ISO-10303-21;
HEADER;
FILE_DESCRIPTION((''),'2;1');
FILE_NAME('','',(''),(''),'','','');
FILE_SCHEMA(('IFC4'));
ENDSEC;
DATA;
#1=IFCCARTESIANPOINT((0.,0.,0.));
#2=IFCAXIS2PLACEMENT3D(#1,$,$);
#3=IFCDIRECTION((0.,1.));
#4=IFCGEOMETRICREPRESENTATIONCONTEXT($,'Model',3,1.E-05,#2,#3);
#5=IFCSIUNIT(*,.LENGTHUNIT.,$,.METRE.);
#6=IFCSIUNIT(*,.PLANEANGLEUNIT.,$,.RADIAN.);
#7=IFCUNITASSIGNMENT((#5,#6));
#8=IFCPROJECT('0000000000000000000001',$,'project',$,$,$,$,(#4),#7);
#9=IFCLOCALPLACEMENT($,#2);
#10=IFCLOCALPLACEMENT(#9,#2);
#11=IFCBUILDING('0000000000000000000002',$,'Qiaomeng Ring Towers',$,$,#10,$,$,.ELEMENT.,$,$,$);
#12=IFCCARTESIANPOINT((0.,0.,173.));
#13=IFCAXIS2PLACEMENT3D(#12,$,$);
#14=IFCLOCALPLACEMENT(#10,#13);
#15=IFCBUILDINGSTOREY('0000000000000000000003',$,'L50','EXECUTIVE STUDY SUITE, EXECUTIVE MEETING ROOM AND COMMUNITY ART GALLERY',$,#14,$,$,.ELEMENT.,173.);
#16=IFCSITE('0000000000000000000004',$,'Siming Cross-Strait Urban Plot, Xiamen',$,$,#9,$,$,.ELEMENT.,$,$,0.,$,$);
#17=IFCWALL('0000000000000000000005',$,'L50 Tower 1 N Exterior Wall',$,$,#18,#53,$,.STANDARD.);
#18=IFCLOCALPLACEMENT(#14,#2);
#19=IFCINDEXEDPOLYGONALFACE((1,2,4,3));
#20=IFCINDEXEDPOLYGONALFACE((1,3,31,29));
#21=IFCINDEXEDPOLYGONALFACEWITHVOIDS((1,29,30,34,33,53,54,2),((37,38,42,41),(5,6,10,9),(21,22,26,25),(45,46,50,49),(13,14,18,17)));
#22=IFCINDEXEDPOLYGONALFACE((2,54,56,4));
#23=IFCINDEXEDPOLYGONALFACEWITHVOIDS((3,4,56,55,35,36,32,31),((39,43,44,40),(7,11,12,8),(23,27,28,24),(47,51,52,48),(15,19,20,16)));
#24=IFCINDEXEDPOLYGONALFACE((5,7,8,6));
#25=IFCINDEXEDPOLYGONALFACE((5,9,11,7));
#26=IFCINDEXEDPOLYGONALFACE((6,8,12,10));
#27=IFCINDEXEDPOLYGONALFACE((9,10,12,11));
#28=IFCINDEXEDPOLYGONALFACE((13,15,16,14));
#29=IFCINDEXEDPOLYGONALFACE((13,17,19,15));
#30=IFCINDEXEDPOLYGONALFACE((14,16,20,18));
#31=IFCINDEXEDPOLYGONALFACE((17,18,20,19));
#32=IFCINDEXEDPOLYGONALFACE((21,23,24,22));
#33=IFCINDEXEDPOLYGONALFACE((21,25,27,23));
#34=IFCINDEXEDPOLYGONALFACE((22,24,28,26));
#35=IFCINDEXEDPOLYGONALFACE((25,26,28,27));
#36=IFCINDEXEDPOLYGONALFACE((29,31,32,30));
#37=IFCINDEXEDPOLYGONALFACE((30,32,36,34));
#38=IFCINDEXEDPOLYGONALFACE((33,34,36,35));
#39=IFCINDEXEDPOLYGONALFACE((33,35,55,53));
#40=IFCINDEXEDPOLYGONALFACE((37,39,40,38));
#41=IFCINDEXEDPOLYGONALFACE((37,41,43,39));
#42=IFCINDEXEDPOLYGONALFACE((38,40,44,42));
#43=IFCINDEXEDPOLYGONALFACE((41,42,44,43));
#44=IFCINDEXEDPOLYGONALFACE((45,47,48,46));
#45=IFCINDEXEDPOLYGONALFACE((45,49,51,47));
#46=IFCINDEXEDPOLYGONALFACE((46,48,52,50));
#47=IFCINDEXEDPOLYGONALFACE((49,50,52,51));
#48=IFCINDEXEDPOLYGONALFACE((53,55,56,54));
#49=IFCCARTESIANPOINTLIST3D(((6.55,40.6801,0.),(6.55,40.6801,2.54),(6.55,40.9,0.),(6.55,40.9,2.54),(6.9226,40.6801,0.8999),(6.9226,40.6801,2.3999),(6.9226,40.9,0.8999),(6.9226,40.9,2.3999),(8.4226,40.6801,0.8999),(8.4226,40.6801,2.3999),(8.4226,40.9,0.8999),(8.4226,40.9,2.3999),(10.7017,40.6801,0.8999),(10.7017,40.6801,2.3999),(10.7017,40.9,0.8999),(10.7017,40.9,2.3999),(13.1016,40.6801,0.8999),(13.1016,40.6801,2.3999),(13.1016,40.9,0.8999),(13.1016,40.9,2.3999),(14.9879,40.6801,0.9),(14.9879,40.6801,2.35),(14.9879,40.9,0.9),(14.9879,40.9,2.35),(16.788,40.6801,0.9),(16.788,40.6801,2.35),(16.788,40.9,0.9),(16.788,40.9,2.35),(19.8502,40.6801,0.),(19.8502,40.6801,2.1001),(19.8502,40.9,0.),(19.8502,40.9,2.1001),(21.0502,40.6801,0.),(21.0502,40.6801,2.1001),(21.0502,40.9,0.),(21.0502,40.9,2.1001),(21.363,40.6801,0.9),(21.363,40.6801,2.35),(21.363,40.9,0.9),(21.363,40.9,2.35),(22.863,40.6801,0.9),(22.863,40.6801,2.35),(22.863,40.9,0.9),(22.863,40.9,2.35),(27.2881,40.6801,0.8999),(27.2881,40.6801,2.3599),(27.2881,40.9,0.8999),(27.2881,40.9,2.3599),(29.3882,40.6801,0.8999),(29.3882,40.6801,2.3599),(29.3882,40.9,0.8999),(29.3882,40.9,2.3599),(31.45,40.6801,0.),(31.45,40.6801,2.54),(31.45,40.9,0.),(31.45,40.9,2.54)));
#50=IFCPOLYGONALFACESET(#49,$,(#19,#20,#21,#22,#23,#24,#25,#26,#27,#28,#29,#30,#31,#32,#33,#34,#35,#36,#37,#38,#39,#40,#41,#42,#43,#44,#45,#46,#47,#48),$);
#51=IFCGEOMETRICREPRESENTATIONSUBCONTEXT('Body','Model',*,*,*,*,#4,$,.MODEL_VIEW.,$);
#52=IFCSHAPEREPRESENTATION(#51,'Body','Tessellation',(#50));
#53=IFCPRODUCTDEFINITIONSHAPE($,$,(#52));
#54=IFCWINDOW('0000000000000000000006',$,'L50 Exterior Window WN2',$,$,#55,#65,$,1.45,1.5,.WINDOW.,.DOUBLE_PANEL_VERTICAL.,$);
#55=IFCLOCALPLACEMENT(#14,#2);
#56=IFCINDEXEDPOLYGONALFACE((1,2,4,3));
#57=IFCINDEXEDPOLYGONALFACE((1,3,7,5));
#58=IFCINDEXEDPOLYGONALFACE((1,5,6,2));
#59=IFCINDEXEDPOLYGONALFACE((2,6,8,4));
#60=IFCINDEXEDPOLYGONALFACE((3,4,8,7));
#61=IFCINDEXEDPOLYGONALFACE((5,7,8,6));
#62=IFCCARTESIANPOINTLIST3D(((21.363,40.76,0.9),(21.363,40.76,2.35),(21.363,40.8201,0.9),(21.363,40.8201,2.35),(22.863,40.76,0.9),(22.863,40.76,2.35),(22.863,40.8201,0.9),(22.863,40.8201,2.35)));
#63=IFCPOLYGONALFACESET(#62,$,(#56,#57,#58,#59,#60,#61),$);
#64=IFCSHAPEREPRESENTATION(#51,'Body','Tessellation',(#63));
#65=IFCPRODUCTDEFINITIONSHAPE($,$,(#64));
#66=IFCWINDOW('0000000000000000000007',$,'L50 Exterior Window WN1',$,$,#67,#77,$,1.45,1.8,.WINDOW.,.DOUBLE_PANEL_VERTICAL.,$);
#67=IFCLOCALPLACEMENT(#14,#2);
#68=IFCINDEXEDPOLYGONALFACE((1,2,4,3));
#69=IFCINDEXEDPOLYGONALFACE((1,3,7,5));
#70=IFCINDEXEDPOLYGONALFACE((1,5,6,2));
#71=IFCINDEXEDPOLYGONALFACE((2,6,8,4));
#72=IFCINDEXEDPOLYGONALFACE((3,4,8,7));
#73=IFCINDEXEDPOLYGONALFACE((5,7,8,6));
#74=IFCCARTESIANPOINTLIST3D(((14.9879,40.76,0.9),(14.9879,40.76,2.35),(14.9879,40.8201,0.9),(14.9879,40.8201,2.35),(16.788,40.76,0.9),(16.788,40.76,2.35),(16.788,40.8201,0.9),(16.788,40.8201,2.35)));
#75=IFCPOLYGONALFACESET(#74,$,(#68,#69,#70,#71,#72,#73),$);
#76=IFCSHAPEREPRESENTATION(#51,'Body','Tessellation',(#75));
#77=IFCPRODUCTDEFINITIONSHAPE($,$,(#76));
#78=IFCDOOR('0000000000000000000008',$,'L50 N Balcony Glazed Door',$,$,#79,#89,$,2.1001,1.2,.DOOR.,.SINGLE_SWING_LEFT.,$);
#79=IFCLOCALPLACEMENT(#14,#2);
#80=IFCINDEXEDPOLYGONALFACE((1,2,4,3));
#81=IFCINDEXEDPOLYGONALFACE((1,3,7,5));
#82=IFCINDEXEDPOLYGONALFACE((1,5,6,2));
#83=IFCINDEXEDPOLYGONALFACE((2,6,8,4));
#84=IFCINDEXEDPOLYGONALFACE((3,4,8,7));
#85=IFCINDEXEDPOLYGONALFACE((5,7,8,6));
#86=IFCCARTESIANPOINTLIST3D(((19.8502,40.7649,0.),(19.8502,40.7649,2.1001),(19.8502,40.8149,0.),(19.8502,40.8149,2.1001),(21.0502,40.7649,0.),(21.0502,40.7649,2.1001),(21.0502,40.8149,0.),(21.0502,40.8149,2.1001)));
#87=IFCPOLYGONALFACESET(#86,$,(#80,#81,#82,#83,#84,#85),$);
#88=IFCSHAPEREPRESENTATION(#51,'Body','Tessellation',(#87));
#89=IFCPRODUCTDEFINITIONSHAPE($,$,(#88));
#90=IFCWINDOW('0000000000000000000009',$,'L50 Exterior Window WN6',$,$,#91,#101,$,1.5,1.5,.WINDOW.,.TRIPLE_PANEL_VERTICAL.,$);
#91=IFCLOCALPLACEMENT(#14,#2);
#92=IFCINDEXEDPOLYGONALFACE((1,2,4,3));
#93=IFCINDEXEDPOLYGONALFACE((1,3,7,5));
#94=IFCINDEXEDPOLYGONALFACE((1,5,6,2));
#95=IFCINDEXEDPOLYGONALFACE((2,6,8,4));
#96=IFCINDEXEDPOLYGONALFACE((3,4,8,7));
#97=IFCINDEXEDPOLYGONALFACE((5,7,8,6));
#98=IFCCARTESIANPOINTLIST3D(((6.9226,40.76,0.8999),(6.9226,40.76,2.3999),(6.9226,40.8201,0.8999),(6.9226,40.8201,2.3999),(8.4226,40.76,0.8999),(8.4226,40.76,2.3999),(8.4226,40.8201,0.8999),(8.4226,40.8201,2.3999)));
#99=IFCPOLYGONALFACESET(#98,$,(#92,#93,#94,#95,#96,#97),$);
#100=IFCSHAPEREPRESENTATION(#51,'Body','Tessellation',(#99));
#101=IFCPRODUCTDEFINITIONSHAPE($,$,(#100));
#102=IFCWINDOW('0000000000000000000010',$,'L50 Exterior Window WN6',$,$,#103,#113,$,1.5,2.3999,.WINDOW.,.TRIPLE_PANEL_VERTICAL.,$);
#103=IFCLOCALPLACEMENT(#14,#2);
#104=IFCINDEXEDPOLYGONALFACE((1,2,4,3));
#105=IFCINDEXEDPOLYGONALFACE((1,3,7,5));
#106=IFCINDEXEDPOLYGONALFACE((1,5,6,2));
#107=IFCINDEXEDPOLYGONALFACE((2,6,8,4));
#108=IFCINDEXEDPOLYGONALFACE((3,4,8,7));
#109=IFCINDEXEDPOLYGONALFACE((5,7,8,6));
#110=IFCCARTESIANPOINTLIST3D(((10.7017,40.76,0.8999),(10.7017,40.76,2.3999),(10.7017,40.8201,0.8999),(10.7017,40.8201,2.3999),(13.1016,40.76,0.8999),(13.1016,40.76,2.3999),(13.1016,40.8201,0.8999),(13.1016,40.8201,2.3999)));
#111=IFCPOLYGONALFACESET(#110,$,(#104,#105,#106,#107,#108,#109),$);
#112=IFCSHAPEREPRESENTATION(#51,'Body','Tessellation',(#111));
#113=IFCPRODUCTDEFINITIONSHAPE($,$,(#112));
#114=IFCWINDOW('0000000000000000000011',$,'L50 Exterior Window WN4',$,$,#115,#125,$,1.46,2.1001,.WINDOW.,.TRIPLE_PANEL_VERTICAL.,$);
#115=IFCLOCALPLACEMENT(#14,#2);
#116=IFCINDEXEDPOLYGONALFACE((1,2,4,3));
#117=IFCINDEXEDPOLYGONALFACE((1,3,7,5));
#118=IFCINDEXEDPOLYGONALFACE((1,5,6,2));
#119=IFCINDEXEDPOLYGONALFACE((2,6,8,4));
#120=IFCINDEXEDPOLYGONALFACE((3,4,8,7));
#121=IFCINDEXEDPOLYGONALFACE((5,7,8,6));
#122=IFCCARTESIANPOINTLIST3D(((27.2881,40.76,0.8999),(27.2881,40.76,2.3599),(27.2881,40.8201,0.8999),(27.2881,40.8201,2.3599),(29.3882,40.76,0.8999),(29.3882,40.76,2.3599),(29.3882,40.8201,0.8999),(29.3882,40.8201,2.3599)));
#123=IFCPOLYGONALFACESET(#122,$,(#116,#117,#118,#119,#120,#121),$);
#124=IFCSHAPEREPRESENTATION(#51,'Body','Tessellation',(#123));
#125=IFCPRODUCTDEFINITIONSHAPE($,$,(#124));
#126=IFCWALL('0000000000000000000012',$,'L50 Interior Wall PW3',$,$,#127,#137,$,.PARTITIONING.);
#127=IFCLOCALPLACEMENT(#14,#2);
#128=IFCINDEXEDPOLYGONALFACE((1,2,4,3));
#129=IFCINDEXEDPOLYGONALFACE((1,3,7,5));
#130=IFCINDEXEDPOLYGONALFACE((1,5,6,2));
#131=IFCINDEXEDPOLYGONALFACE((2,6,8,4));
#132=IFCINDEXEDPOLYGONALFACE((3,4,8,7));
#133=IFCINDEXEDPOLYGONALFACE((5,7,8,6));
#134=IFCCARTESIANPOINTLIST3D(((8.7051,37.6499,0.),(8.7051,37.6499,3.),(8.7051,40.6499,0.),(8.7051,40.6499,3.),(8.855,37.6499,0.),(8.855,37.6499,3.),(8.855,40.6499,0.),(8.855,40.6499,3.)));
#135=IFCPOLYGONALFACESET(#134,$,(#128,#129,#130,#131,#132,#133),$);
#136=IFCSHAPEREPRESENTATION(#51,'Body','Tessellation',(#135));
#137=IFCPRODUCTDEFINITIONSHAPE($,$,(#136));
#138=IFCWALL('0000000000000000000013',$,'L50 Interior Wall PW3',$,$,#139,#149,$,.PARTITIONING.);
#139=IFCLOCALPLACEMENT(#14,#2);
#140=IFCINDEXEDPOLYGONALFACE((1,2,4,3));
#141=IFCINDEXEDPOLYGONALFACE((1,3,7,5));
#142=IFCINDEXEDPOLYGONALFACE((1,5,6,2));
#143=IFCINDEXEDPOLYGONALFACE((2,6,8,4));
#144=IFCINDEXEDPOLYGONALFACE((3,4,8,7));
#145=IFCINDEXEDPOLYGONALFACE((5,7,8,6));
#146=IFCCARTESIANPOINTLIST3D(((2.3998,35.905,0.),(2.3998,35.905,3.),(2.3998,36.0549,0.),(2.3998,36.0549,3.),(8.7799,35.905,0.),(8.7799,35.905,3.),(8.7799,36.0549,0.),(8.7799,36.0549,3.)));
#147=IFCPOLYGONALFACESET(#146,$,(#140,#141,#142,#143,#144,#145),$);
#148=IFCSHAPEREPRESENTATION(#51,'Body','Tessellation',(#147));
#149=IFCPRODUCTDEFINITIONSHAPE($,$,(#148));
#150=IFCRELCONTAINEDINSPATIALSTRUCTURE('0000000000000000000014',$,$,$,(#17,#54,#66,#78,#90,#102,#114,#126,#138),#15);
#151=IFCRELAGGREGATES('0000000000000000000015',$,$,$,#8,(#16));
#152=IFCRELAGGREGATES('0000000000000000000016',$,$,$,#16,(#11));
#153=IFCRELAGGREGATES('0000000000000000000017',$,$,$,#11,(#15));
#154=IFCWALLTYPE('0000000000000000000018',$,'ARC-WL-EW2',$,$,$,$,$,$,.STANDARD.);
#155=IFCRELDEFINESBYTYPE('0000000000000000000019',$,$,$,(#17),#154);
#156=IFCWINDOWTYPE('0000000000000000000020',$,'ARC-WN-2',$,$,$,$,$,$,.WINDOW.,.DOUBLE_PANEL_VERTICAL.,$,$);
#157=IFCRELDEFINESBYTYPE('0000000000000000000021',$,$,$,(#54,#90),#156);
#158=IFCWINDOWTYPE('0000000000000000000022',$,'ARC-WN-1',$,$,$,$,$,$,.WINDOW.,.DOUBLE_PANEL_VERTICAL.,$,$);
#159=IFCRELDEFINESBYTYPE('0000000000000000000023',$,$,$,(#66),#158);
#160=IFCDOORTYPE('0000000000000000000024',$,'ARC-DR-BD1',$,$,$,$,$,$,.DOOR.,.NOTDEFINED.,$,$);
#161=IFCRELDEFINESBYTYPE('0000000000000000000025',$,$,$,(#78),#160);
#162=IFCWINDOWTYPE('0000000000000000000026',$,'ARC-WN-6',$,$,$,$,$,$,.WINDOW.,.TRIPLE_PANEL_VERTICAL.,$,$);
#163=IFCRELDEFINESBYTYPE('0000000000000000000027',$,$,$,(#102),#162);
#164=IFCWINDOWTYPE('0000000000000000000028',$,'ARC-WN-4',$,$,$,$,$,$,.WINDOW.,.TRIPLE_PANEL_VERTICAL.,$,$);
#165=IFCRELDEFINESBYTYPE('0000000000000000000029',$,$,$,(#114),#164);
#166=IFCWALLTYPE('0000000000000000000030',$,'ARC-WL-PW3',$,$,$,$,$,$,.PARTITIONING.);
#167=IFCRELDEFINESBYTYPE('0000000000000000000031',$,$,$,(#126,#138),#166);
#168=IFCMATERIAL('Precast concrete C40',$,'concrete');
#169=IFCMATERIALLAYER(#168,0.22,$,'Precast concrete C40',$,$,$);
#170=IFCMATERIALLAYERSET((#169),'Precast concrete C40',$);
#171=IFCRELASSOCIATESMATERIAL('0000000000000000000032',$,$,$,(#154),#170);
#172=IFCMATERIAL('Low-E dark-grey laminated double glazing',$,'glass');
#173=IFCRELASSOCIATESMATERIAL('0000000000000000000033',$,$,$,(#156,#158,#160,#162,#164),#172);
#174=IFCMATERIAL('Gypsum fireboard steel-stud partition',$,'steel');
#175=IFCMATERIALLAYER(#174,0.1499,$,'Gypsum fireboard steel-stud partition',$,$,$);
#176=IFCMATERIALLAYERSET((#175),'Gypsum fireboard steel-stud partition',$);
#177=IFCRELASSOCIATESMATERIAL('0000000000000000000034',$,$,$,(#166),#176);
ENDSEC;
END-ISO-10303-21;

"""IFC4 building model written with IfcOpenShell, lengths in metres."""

from ifc_helpers import new_model, si_unit, direction, frame, frame_2d, origin, place, context, subcontext, project, spatial, rectangle, extrude, source, transform, mapped, material, layer, layer_set, type_object, element, fill, save


model = new_model("IFC4")

# Units and contexts
model_context = context("Model", 3, precision=1e-05, world=origin(), true_north=direction((0.0, 1.0)))
body_context = subcontext(model_context, "Body", "Model", "MODEL_VIEW")
ifc_project = project(units=[si_unit("LENGTHUNIT", "METRE"), si_unit("PLANEANGLEUNIT", "RADIAN")], contexts=[model_context])

# Site, building, storey
site_placement = place(None, origin())
site = spatial("IfcSite", under=ifc_project, at=site_placement, Name="Siming Cross-Strait Urban Plot, Xiamen", CompositionType="ELEMENT", RefElevation=0.0)
building_placement = place(site_placement, origin())
building = spatial("IfcBuilding", under=site, at=building_placement, Name="Qiaomeng Ring Towers", CompositionType="ELEMENT")
storey_placement = place(building_placement, frame((0.0, 0.0, 173.0)))
storey = spatial("IfcBuildingStorey", under=building, at=storey_placement, Name="L50", Description="EXECUTIVE STUDY SUITE, EXECUTIVE MEETING ROOM AND COMMUNITY ART GALLERY", CompositionType="ELEMENT", Elevation=173.0)

# Shared definitions
ifc_material_1 = material(Name="Low-E dark-grey laminated double glazing", Category="glass")

# Wall, openings, windows, door
ifc_material_2 = material(Name="Precast concrete C40", Category="concrete")
ifc_layer_1 = layer(ifc_material_2, 0.22, Name="Precast concrete C40")
ifc_layer_set_1 = layer_set([ifc_layer_1], Name="Precast concrete C40")
wall_type_1 = type_object("IfcWallType", Name="ARC-WL-EW2", PredefinedType="STANDARD", material=ifc_layer_set_1)
wall_1_placement = place(storey_placement, frame((6.55, 40.79, 0.0), z_axis=(0.0, 0.0, 1.0), x_axis=(1.0, 0.0, 0.0)))
wall_1 = element("IfcWall", 1, at=wall_1_placement, inside=storey, type_object=wall_type_1, Name="L50 Tower 1 N Exterior Wall", PredefinedType="STANDARD", context=body_context, shape_type="SweptSolid", body=[
    extrude(rectangle(XDim=24.8999, YDim=0.22, at=frame_2d((12.45, 0.0))), origin(), (0.0, 0.0, 1.0), 2.54),
])
opening_1_placement = place(wall_1_placement, frame((13.3, 0.0, 0.0)))
opening_1 = element("IfcOpeningElement", 2, at=opening_1_placement, cuts=wall_1, PredefinedType="OPENING", context=body_context, shape_type="SweptSolid", body=[
    extrude(rectangle(XDim=1.2, YDim=2.1001, at=frame_2d((0.6001, 1.05))), frame((0.0, 0.1199, 0.0), z_axis=(0.0, -1.0, 0.0), x_axis=(1.0, 0.0, 0.0)), (0.0, 0.0, 1.0), 0.24),
])
opening_2_placement = place(wall_1_placement, frame((0.3726, 0.0, 0.8999)))
opening_2 = element("IfcOpeningElement", 3, at=opening_2_placement, cuts=wall_1, PredefinedType="OPENING", context=body_context, shape_type="SweptSolid", body=[
    extrude(rectangle(XDim=1.5, YDim=1.5, at=frame_2d((0.75, 0.75))), frame((0.0, 0.1199, 0.0), z_axis=(0.0, -1.0, 0.0), x_axis=(1.0, 0.0, 0.0)), (0.0, 0.0, 1.0), 0.24),
])
opening_3_placement = place(wall_1_placement, frame((8.438, 0.0, 0.8999)))
opening_3 = element("IfcOpeningElement", 4, at=opening_3_placement, cuts=wall_1, PredefinedType="OPENING", context=body_context, shape_type="SweptSolid", body=[
    extrude(rectangle(XDim=1.8, YDim=1.45, at=frame_2d((0.8999, 0.7251))), frame((0.0, 0.1199, 0.0), z_axis=(0.0, -1.0, 0.0), x_axis=(1.0, 0.0, 0.0)), (0.0, 0.0, 1.0), 0.24),
])
opening_4_placement = place(wall_1_placement, frame((14.813, 0.0, 0.8999)))
opening_4 = element("IfcOpeningElement", 5, at=opening_4_placement, cuts=wall_1, PredefinedType="OPENING", context=body_context, shape_type="SweptSolid", body=[
    extrude(rectangle(XDim=1.5, YDim=1.45, at=frame_2d((0.75, 0.7251))), frame((0.0, 0.1199, 0.0), z_axis=(0.0, -1.0, 0.0), x_axis=(1.0, 0.0, 0.0)), (0.0, 0.0, 1.0), 0.24),
])
opening_5_placement = place(wall_1_placement, frame((20.738, 0.0, 0.8999)))
opening_5 = element("IfcOpeningElement", 6, at=opening_5_placement, cuts=wall_1, PredefinedType="OPENING", context=body_context, shape_type="SweptSolid", body=[
    extrude(rectangle(XDim=2.1001, YDim=1.46, at=frame_2d((1.05, 0.73))), frame((0.0, 0.1199, 0.0), z_axis=(0.0, -1.0, 0.0), x_axis=(1.0, 0.0, 0.0)), (0.0, 0.0, 1.0), 0.24),
])
opening_6_placement = place(wall_1_placement, frame((4.1516, 0.0, 0.8999)))
opening_6 = element("IfcOpeningElement", 7, at=opening_6_placement, cuts=wall_1, PredefinedType="OPENING", context=body_context, shape_type="SweptSolid", body=[
    extrude(rectangle(XDim=2.3999, YDim=1.5, at=frame_2d((1.2, 0.75))), frame((0.0, 0.1199, 0.0), z_axis=(0.0, -1.0, 0.0), x_axis=(1.0, 0.0, 0.0)), (0.0, 0.0, 1.0), 0.24),
])
window_type_1 = type_object("IfcWindowType", Name="ARC-WN-2", PartitioningType="DOUBLE_PANEL_VERTICAL", PredefinedType="WINDOW", material=ifc_material_1)
shared_shape_1 = source(origin(), body_context, "Body", "SweptSolid", [
    extrude(rectangle(XDim=1.5, YDim=1.45, at=frame_2d((0.75, 0.7251))), frame((0.0, 0.03, 0.0), z_axis=(0.0, -1.0, 0.0), x_axis=(1.0, 0.0, 0.0)), (0.0, 0.0, 1.0), 0.0601),
])
window_1_placement = place(opening_4_placement, origin())
window_1 = element("IfcWindow", 8, at=window_1_placement, inside=storey, type_object=window_type_1, Name="L50 Exterior Window WN2", OverallHeight=1.45, OverallWidth=1.5, PartitioningType="DOUBLE_PANEL_VERTICAL", PredefinedType="WINDOW", context=body_context, shape_type="MappedRepresentation", body=[
    mapped(shared_shape_1, transform((0.0, 0.0, 0.0), x_axis=(1.0, 0.0, 0.0), y_axis=(0.0, 1.0, 0.0), z_axis=(0.0, 0.0, 1.0), scale=1.0)),
])
fill(opening_4, window_1)
window_type_2 = type_object("IfcWindowType", Name="ARC-WN-1", PartitioningType="DOUBLE_PANEL_VERTICAL", PredefinedType="WINDOW", material=ifc_material_1)
shared_shape_2 = source(origin(), body_context, "Body", "SweptSolid", [
    extrude(rectangle(XDim=1.8, YDim=1.45, at=frame_2d((0.8999, 0.7251))), frame((0.0, 0.03, 0.0), z_axis=(0.0, -1.0, 0.0), x_axis=(1.0, 0.0, 0.0)), (0.0, 0.0, 1.0), 0.0601),
])
window_2_placement = place(opening_3_placement, origin())
window_2 = element("IfcWindow", 9, at=window_2_placement, inside=storey, type_object=window_type_2, Name="L50 Exterior Window WN1", OverallHeight=1.45, OverallWidth=1.8, PartitioningType="DOUBLE_PANEL_VERTICAL", PredefinedType="WINDOW", context=body_context, shape_type="MappedRepresentation", body=[
    mapped(shared_shape_2, transform((0.0, 0.0, 0.0), x_axis=(1.0, 0.0, 0.0), y_axis=(0.0, 1.0, 0.0), z_axis=(0.0, 0.0, 1.0), scale=1.0)),
])
fill(opening_3, window_2)
door_type = type_object("IfcDoorType", Name="ARC-DR-BD1", OperationType="NOTDEFINED", PredefinedType="DOOR", material=ifc_material_1)
shared_shape_3 = source(origin(), body_context, "Body", "SweptSolid", [
    extrude(rectangle(XDim=1.2, YDim=2.1001, at=frame_2d((0.6001, 1.05))), frame((0.0, 0.0249, 0.0), z_axis=(0.0, -1.0, 0.0), x_axis=(1.0, 0.0, 0.0)), (0.0, 0.0, 1.0), 0.05),
])
door_placement = place(opening_1_placement, origin())
door = element("IfcDoor", 10, at=door_placement, inside=storey, type_object=door_type, Name="L50 N Balcony Glazed Door", OperationType="SINGLE_SWING_LEFT", OverallHeight=2.1001, OverallWidth=1.2, PredefinedType="DOOR", context=body_context, shape_type="MappedRepresentation", body=[
    mapped(shared_shape_3, transform((0.0, 0.0, 0.0), x_axis=(1.0, 0.0, 0.0), y_axis=(0.0, 1.0, 0.0), z_axis=(0.0, 0.0, 1.0), scale=1.0)),
])
fill(opening_1, door)
shared_shape_4 = source(origin(), body_context, "Body", "SweptSolid", [
    extrude(rectangle(XDim=1.5, YDim=1.5, at=frame_2d((0.75, 0.75))), frame((0.0, 0.03, 0.0), z_axis=(0.0, -1.0, 0.0), x_axis=(1.0, 0.0, 0.0)), (0.0, 0.0, 1.0), 0.0601),
])
window_3_placement = place(opening_2_placement, origin())
window_3 = element("IfcWindow", 11, at=window_3_placement, inside=storey, type_object=window_type_1, Name="L50 Exterior Window WN6", OverallHeight=1.5, OverallWidth=1.5, PartitioningType="TRIPLE_PANEL_VERTICAL", PredefinedType="WINDOW", context=body_context, shape_type="MappedRepresentation", body=[
    mapped(shared_shape_4, transform((0.0, 0.0, 0.0), x_axis=(1.0, 0.0, 0.0), y_axis=(0.0, 1.0, 0.0), z_axis=(0.0, 0.0, 1.0), scale=1.0)),
])
fill(opening_2, window_3)
window_type_3 = type_object("IfcWindowType", Name="ARC-WN-6", PartitioningType="TRIPLE_PANEL_VERTICAL", PredefinedType="WINDOW", material=ifc_material_1)
shared_shape_5 = source(origin(), body_context, "Body", "SweptSolid", [
    extrude(rectangle(XDim=2.3999, YDim=1.5, at=frame_2d((1.2, 0.75))), frame((0.0, 0.03, 0.0), z_axis=(0.0, -1.0, 0.0), x_axis=(1.0, 0.0, 0.0)), (0.0, 0.0, 1.0), 0.0601),
])
window_4_placement = place(opening_6_placement, origin())
window_4 = element("IfcWindow", 12, at=window_4_placement, inside=storey, type_object=window_type_3, Name="L50 Exterior Window WN6", OverallHeight=1.5, OverallWidth=2.3999, PartitioningType="TRIPLE_PANEL_VERTICAL", PredefinedType="WINDOW", context=body_context, shape_type="MappedRepresentation", body=[
    mapped(shared_shape_5, transform((0.0, 0.0, 0.0), x_axis=(1.0, 0.0, 0.0), y_axis=(0.0, 1.0, 0.0), z_axis=(0.0, 0.0, 1.0), scale=1.0)),
])
fill(opening_6, window_4)
window_type_4 = type_object("IfcWindowType", Name="ARC-WN-4", PartitioningType="TRIPLE_PANEL_VERTICAL", PredefinedType="WINDOW", material=ifc_material_1)
shared_shape_6 = source(origin(), body_context, "Body", "SweptSolid", [
    extrude(rectangle(XDim=2.1001, YDim=1.46, at=frame_2d((1.05, 0.73))), frame((0.0, 0.03, 0.0), z_axis=(0.0, -1.0, 0.0), x_axis=(1.0, 0.0, 0.0)), (0.0, 0.0, 1.0), 0.0601),
])
window_5_placement = place(opening_5_placement, origin())
window_5 = element("IfcWindow", 13, at=window_5_placement, inside=storey, type_object=window_type_4, Name="L50 Exterior Window WN4", OverallHeight=1.46, OverallWidth=2.1001, PartitioningType="TRIPLE_PANEL_VERTICAL", PredefinedType="WINDOW", context=body_context, shape_type="MappedRepresentation", body=[
    mapped(shared_shape_6, transform((0.0, 0.0, 0.0), x_axis=(1.0, 0.0, 0.0), y_axis=(0.0, 1.0, 0.0), z_axis=(0.0, 0.0, 1.0), scale=1.0)),
])
fill(opening_5, window_5)

# Walls
ifc_material_3 = material(Name="Gypsum fireboard steel-stud partition", Category="steel")
ifc_layer_2 = layer(ifc_material_3, 0.1499, Name="Gypsum fireboard steel-stud partition")
ifc_layer_set_2 = layer_set([ifc_layer_2], Name="Gypsum fireboard steel-stud partition")
wall_type_2 = type_object("IfcWallType", Name="ARC-WL-PW3", PredefinedType="PARTITIONING", material=ifc_layer_set_2)
wall_2_placement = place(storey_placement, frame((8.78, 37.6499, 0.0), z_axis=(0.0, 0.0, 1.0), x_axis=(0.0, 1.0, 0.0)))
element("IfcWall", 14, at=wall_2_placement, inside=storey, type_object=wall_type_2, Name="L50 Interior Wall PW3", PredefinedType="PARTITIONING", context=body_context, shape_type="SweptSolid", body=[
    extrude(rectangle(XDim=3.0, YDim=0.1499, at=frame_2d((1.5, 0.0))), origin(), (0.0, 0.0, 1.0), 3.0),
])
wall_3_placement = place(storey_placement, frame((2.3999, 35.98, 0.0), z_axis=(0.0, 0.0, 1.0), x_axis=(1.0, 0.0, 0.0)))
element("IfcWall", 15, at=wall_3_placement, inside=storey, type_object=wall_type_2, Name="L50 Interior Wall PW3", PredefinedType="PARTITIONING", context=body_context, shape_type="SweptSolid", body=[
    extrude(rectangle(XDim=6.3801, YDim=0.1499, at=frame_2d((3.1899, 0.0))), origin(), (0.0, 0.0, 1.0), 3.0),
])

save(model, "model.ifc")
